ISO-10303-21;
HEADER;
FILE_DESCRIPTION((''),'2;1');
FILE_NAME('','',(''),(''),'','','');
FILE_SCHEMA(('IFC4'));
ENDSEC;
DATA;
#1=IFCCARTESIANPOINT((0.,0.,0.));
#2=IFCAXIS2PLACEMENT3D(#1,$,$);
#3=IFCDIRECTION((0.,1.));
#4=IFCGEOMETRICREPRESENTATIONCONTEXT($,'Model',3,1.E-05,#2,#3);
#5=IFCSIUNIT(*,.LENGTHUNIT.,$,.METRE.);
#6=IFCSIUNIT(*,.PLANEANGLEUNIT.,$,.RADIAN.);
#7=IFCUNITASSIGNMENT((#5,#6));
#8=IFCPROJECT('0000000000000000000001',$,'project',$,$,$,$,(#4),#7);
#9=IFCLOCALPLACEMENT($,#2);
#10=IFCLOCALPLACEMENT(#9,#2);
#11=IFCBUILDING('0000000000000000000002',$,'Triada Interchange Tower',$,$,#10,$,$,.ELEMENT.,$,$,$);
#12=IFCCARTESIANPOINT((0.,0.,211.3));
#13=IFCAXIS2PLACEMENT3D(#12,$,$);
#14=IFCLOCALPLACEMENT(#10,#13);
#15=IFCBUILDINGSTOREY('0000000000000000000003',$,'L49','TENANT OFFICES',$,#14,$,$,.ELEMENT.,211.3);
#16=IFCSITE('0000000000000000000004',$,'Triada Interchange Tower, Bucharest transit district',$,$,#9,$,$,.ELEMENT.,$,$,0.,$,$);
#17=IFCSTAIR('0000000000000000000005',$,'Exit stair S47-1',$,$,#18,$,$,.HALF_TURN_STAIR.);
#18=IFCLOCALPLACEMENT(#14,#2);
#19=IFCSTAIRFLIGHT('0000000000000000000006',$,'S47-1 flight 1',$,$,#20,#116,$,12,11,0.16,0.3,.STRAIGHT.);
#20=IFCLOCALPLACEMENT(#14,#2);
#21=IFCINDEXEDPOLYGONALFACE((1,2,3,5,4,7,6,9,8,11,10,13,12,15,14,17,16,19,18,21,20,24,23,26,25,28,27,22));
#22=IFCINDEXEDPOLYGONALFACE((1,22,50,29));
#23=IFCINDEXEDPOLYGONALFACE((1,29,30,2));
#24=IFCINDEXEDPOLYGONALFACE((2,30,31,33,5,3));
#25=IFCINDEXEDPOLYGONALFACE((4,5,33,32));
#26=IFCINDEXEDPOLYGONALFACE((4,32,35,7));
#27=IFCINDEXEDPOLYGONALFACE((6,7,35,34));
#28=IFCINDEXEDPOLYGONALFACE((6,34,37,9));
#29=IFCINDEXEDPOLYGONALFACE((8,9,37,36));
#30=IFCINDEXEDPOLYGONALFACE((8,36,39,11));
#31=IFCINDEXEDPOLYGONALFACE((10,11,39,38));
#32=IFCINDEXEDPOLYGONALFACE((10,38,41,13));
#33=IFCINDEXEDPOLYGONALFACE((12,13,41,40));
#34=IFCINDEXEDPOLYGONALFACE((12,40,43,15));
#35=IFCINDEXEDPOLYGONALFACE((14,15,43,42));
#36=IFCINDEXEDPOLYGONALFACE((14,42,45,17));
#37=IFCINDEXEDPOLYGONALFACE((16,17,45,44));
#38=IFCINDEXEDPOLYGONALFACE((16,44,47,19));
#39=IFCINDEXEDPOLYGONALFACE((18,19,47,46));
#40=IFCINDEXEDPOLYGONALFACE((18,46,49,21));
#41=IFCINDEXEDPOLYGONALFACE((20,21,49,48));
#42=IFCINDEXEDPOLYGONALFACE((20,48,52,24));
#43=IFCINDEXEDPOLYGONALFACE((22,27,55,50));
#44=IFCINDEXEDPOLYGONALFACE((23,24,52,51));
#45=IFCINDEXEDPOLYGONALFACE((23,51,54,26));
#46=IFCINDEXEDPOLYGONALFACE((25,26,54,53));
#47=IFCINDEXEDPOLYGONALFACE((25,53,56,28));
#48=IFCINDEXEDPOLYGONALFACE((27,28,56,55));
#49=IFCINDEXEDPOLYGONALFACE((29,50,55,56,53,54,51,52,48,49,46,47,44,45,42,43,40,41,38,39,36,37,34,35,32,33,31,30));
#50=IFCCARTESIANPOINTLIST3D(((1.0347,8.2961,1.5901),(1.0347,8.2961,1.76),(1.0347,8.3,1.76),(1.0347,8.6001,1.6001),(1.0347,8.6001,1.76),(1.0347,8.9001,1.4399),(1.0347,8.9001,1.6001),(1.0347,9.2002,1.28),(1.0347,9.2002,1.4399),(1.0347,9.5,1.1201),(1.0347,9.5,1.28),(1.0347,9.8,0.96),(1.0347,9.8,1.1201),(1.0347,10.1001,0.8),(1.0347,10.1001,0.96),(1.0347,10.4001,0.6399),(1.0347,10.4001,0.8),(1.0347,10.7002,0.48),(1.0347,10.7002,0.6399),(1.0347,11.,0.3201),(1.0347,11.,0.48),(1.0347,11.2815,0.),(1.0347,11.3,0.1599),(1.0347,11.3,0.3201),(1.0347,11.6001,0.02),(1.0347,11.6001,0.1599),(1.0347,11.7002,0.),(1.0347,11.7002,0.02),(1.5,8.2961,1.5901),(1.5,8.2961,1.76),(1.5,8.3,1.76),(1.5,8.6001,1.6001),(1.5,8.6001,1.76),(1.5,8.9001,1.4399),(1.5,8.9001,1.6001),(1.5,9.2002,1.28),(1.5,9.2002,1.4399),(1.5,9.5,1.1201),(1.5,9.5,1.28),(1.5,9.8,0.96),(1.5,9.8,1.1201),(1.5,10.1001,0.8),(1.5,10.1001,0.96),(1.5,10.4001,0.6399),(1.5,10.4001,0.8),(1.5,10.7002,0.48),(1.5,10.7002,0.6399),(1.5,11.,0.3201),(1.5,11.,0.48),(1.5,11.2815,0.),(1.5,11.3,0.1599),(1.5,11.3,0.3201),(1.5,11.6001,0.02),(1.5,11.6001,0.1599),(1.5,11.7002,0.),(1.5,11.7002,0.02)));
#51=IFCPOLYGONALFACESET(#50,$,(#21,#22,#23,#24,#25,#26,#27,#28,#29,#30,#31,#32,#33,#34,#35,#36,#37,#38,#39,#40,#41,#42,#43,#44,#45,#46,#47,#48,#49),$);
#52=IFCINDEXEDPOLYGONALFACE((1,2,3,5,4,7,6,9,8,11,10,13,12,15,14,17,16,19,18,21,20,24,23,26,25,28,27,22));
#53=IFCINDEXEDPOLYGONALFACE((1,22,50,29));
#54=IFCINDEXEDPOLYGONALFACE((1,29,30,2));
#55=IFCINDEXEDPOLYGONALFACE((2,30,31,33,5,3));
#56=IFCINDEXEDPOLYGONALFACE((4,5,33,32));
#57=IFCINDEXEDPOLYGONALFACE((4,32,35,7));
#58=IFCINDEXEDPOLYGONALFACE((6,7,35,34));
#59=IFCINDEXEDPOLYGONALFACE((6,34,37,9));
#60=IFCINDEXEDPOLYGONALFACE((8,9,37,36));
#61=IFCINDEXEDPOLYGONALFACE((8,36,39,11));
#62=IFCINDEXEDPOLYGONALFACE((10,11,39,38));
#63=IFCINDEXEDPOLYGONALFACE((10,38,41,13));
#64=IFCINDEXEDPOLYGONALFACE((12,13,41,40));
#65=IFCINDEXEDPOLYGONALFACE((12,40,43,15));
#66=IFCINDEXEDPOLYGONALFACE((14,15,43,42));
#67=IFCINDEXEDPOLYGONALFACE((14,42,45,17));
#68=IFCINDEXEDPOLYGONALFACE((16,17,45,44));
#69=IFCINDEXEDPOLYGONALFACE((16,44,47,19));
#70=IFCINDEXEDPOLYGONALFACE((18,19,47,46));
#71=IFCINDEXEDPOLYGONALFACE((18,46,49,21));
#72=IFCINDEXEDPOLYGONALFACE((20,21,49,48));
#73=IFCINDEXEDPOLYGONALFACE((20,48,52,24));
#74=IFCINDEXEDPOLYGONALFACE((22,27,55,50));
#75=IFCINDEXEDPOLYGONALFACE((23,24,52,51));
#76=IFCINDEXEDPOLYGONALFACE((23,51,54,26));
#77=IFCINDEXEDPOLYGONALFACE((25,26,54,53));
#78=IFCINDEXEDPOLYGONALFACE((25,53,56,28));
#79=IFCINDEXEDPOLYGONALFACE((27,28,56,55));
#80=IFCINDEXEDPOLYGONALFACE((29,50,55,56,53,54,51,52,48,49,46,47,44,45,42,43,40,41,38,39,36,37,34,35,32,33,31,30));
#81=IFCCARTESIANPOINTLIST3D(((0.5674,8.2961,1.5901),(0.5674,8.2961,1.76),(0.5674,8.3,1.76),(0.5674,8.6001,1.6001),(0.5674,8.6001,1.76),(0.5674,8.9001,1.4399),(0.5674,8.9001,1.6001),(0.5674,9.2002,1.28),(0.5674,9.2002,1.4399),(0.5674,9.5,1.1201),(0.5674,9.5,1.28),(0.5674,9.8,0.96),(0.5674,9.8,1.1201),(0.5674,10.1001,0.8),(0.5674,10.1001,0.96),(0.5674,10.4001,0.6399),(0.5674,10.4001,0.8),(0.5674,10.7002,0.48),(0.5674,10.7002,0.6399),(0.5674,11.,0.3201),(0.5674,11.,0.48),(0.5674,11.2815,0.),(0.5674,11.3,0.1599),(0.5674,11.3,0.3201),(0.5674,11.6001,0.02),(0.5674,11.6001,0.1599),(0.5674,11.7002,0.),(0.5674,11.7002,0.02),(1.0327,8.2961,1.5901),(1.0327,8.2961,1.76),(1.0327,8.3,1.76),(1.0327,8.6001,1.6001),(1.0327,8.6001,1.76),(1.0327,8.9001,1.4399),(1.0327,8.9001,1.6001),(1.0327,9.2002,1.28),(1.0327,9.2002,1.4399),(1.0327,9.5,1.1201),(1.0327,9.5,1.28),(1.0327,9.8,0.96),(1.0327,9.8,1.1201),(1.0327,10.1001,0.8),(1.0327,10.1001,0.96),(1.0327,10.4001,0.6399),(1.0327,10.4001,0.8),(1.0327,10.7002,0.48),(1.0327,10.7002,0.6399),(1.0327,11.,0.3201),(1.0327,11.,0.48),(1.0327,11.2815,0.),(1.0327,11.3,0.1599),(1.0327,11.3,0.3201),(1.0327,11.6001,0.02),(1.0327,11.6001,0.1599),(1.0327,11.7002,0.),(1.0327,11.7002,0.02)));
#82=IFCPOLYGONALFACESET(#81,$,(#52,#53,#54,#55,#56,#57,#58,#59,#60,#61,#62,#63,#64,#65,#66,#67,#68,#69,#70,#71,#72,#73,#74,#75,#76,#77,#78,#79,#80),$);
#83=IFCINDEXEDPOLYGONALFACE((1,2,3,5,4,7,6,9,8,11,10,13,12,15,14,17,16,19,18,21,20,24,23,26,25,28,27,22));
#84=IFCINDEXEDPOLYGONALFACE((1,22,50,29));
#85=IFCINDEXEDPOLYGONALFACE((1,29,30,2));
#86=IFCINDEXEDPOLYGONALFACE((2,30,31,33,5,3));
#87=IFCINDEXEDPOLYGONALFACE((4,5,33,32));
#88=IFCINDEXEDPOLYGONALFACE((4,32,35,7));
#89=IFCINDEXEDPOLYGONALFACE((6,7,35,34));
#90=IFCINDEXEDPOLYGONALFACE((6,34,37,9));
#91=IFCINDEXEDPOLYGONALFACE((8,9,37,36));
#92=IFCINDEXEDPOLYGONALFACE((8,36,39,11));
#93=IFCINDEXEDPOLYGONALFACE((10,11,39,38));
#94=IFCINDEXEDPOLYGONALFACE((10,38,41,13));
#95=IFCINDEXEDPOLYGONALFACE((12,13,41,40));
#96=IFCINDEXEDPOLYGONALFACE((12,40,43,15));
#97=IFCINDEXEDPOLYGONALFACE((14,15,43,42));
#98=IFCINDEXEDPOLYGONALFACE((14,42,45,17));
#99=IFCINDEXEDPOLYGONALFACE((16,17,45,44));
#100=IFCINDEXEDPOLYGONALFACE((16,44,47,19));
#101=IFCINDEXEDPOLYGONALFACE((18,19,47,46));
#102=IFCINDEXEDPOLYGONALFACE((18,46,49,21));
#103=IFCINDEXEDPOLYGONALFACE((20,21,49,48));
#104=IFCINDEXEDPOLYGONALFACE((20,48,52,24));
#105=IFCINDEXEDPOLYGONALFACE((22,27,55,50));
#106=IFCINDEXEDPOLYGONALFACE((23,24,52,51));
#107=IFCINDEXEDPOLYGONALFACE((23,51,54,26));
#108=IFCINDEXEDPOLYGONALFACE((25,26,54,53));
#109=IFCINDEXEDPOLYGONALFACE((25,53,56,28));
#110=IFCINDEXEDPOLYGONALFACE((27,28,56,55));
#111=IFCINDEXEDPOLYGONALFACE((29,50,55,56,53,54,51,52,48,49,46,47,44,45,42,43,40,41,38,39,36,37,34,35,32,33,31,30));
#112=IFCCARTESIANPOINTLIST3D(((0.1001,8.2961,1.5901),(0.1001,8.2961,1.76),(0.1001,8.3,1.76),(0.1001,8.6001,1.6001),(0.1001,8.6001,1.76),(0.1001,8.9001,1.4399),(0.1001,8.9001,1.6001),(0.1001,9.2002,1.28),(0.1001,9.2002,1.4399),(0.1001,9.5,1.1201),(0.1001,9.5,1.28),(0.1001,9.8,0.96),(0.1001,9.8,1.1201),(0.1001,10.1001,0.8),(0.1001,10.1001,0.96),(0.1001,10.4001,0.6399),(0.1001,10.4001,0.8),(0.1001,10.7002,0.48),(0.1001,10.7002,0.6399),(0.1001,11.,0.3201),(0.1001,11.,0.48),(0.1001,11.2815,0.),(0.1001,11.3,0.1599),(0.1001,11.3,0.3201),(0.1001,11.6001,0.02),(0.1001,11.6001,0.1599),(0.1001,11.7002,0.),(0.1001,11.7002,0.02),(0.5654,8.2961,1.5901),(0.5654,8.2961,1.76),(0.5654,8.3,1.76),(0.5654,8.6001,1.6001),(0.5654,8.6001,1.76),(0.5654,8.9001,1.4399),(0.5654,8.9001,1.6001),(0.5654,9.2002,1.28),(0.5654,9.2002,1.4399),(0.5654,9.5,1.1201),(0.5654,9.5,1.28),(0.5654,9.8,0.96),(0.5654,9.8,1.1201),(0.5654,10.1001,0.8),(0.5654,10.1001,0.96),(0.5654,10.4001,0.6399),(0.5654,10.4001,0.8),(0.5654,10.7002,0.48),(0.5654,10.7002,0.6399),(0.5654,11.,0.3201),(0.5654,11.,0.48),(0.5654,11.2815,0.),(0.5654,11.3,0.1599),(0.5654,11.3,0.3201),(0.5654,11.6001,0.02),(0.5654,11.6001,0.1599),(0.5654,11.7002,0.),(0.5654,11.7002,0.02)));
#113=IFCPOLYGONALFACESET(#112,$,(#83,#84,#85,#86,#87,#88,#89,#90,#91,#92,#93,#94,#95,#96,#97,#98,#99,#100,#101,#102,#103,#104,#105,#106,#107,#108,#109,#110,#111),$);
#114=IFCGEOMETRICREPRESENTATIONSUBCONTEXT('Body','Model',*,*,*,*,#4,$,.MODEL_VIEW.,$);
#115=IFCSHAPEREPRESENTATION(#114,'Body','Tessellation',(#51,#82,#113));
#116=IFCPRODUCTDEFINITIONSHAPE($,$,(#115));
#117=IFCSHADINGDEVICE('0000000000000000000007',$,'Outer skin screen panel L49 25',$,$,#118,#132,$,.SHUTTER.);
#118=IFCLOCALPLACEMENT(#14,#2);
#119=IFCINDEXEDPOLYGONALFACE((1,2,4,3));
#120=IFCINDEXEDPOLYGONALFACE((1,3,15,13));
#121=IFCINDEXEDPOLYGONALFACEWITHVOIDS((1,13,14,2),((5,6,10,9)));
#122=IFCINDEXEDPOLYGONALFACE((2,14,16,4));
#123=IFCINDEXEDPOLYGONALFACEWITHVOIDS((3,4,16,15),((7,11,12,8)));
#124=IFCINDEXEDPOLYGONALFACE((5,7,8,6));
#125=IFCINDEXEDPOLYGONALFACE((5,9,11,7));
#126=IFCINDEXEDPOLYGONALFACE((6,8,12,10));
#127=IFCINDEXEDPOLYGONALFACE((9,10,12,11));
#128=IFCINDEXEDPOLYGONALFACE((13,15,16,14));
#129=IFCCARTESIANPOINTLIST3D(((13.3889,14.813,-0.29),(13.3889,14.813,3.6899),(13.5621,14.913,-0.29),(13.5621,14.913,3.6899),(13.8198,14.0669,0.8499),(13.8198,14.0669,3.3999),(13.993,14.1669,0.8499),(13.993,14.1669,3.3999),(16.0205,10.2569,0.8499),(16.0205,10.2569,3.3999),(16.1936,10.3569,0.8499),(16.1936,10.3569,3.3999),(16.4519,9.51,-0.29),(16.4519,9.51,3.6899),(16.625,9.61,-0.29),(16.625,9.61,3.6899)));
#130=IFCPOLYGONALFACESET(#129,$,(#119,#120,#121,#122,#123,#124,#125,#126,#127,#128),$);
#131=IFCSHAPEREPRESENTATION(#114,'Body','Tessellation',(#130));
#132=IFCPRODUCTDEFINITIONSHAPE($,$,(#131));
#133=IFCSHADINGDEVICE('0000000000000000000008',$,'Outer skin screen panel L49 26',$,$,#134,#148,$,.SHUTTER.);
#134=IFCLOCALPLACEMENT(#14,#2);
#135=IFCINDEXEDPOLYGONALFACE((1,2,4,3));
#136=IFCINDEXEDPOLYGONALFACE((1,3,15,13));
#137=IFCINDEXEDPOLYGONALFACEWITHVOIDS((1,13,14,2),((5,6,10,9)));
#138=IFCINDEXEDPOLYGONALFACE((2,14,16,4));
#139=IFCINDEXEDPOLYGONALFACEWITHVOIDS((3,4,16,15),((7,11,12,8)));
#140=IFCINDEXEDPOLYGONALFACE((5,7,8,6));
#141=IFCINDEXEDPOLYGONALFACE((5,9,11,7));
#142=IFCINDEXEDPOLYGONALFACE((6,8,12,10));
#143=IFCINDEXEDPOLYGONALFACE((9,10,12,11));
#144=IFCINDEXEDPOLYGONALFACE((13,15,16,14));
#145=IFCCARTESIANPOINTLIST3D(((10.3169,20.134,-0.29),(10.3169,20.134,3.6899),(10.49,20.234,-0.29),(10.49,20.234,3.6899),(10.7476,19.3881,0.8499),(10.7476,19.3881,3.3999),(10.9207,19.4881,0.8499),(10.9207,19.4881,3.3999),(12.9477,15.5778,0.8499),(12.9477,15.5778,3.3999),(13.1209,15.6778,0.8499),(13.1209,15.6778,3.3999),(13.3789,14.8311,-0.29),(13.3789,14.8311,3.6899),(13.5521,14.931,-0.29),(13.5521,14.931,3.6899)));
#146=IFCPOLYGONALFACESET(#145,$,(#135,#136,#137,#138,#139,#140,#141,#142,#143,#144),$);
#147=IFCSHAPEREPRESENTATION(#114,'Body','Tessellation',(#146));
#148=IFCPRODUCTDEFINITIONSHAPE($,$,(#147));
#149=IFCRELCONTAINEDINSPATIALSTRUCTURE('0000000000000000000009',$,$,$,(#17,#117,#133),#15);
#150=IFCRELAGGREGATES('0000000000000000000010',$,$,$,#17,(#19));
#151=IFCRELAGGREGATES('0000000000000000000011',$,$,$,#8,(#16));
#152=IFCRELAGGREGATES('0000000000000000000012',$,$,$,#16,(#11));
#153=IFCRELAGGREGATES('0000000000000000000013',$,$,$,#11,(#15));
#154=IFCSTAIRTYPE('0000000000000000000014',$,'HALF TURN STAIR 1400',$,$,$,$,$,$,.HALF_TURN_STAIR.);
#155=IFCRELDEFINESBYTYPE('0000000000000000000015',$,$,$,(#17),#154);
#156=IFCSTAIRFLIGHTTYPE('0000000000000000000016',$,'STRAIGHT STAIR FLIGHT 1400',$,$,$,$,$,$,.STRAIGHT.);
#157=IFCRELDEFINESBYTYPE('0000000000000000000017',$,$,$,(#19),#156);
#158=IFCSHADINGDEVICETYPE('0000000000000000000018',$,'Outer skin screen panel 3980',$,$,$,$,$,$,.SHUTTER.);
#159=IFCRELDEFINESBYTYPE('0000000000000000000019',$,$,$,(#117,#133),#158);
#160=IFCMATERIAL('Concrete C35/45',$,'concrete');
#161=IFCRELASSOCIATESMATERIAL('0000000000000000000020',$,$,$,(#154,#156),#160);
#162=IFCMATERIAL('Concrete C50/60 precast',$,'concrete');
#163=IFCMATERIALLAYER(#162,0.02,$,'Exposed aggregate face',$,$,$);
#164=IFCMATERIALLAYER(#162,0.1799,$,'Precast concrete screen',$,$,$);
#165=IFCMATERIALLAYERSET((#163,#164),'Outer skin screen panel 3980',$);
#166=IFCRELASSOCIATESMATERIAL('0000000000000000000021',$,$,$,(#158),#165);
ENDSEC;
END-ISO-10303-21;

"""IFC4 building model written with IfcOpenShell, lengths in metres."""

from ifc_helpers import new_model, si_unit, direction, frame, origin, place, context, subcontext, project, spatial, polyline, outline, extrude, material, layer, layer_set, type_object, element, aggregate, save


model = new_model("IFC4")

# Units and contexts
model_context = context("Model", 3, precision=1e-05, world=origin(), true_north=direction((0.0, 1.0)))
body_context = subcontext(model_context, "Body", "Model", "MODEL_VIEW")
ifc_project = project(units=[si_unit("LENGTHUNIT", "METRE"), si_unit("PLANEANGLEUNIT", "RADIAN")], contexts=[model_context])

# Site, building, storey
site_placement = place(None, origin())
site = spatial("IfcSite", under=ifc_project, at=site_placement, Name="Triada Interchange Tower, Bucharest transit district", CompositionType="ELEMENT", RefElevation=0.0)
building_placement = place(site_placement, origin())
building = spatial("IfcBuilding", under=site, at=building_placement, Name="Triada Interchange Tower", CompositionType="ELEMENT")
storey_placement = place(building_placement, frame((0.0, 0.0, 211.3)))
storey = spatial("IfcBuildingStorey", under=building, at=storey_placement, Name="L49", Description="TENANT OFFICES", CompositionType="ELEMENT", Elevation=211.3)

# Stair, stair flight
ifc_material_1 = material(Name="Concrete C35/45", Category="concrete")
stair_type = type_object("IfcStairType", Name="HALF TURN STAIR 1400", PredefinedType="HALF_TURN_STAIR", material=ifc_material_1)
stair_placement = place(storey_placement, origin())
stair = element("IfcStair", 1, at=stair_placement, inside=storey, type_object=stair_type, Name="Exit stair S47-1", PredefinedType="HALF_TURN_STAIR")
stair_flight_type = type_object("IfcStairFlightType", Name="STRAIGHT STAIR FLIGHT 1400", PredefinedType="STRAIGHT", material=ifc_material_1)
stair_flight_placement = place(storey_placement, frame((0.8, 11.6001, 0.0), z_axis=(0.0, 0.0, 1.0), x_axis=(0.0, -1.0, 0.0)))
stair_flight = element("IfcStairFlight", 2, at=stair_flight_placement, type_object=stair_flight_type, Name="S47-1 flight 1", NumberOfRisers=12, NumberOfTreads=11, PredefinedType="STRAIGHT", RiserHeight=0.16, TreadLength=0.3, context=body_context, shape_type="SweptSolid", body=[
    extrude(outline(polyline([(-0.1001, 0.0), (-0.1001, 0.02), (0.0, 0.02), (0.0, 0.1599), (0.3, 0.1599), (0.3, 0.3201), (0.6001, 0.3201), (0.6001, 0.48), (0.8999, 0.48), (0.8999, 0.6399), (1.2, 0.6399), (1.2, 0.8), (1.5, 0.8), (1.5, 0.96), (1.8, 0.96), (1.8, 1.1201), (2.1001, 1.1201), (2.1001, 1.28), (2.3999, 1.28), (2.3999, 1.4399), (2.7, 1.4399), (2.7, 1.6001), (3.0, 1.6001), (3.0, 1.76), (3.3, 1.76), (3.304, 1.76), (3.304, 1.9199), (3.304, 1.5901), (0.3186, 0.0), (-0.1001, 0.0)])), frame((0.0, 0.7, 0.0), z_axis=(0.0, -1.0, 0.0), x_axis=(1.0, 0.0, 0.0)), (0.0, 0.0, 1.0), 0.4653),
    extrude(outline(polyline([(-0.1001, 0.0), (-0.1001, 0.02), (0.0, 0.02), (0.0, 0.1599), (0.3, 0.1599), (0.3, 0.3201), (0.6001, 0.3201), (0.6001, 0.48), (0.8999, 0.48), (0.8999, 0.6399), (1.2, 0.6399), (1.2, 0.8), (1.5, 0.8), (1.5, 0.96), (1.8, 0.96), (1.8, 1.1201), (2.1001, 1.1201), (2.1001, 1.28), (2.3999, 1.28), (2.3999, 1.4399), (2.7, 1.4399), (2.7, 1.6001), (3.0, 1.6001), (3.0, 1.76), (3.3, 1.76), (3.304, 1.76), (3.304, 1.9199), (3.304, 1.5901), (0.3186, 0.0), (-0.1001, 0.0)])), frame((0.0, 0.2327, 0.0), z_axis=(0.0, -1.0, 0.0), x_axis=(1.0, 0.0, 0.0)), (0.0, 0.0, 1.0), 0.4653),
    extrude(outline(polyline([(-0.1001, 0.0), (-0.1001, 0.02), (0.0, 0.02), (0.0, 0.1599), (0.3, 0.1599), (0.3, 0.3201), (0.6001, 0.3201), (0.6001, 0.48), (0.8999, 0.48), (0.8999, 0.6399), (1.2, 0.6399), (1.2, 0.8), (1.5, 0.8), (1.5, 0.96), (1.8, 0.96), (1.8, 1.1201), (2.1001, 1.1201), (2.1001, 1.28), (2.3999, 1.28), (2.3999, 1.4399), (2.7, 1.4399), (2.7, 1.6001), (3.0, 1.6001), (3.0, 1.76), (3.3, 1.76), (3.304, 1.76), (3.304, 1.9199), (3.304, 1.5901), (0.3186, 0.0), (-0.1001, 0.0)])), frame((0.0, -0.2346, 0.0), z_axis=(0.0, -1.0, 0.0), x_axis=(1.0, 0.0, 0.0)), (0.0, 0.0, 1.0), 0.4653),
])

# Shading devices
ifc_material_2 = material(Name="Concrete C50/60 precast", Category="concrete")
ifc_layer_1 = layer(ifc_material_2, 0.02, Name="Exposed aggregate face")
ifc_layer_2 = layer(ifc_material_2, 0.1799, Name="Precast concrete screen")
ifc_layer_set_1 = layer_set([ifc_layer_1, ifc_layer_2], Name="Outer skin screen panel 3980")
shading_device_type = type_object("IfcShadingDeviceType", Name="Outer skin screen panel 3980", PredefinedType="SHUTTER", material=ifc_layer_set_1)
shading_device_1_placement = place(storey_placement, frame((16.4519, 9.51, -0.29), z_axis=(0.0, 0.0, 1.0), x_axis=(-0.500161, 0.865933, 0.0)))
element("IfcShadingDevice", 3, at=shading_device_1_placement, inside=storey, type_object=shading_device_type, Name="Outer skin screen panel L49 25", PredefinedType="SHUTTER", context=body_context, shape_type="SweptSolid", body=[
    extrude(outline(polyline([(0.0, 0.0), (6.124, 0.0), (6.124, 3.98), (0.0, 3.98), (0.0, 0.0)]), holes=[polyline([(0.8625, 1.1399), (0.8625, 3.6899), (5.2625, 3.6899), (5.2625, 1.1399), (0.8625, 1.1399)])]), frame((0.0, 0.0, 0.0), z_axis=(0.0, -1.0, 0.0), x_axis=(1.0, 0.0, 0.0)), (0.0, 0.0, 1.0), 0.2),
])
shading_device_2_placement = place(storey_placement, frame((13.3789, 14.8311, -0.29), z_axis=(0.0, 0.0, 1.0), x_axis=(-0.500041, 0.866002, 0.0)))
element("IfcShadingDevice", 4, at=shading_device_2_placement, inside=storey, type_object=shading_device_type, Name="Outer skin screen panel L49 26", PredefinedType="SHUTTER", context=body_context, shape_type="SweptSolid", body=[
    extrude(outline(polyline([(0.0, 0.0), (6.1235, 0.0), (6.1235, 3.98), (0.0, 3.98), (0.0, 0.0)]), holes=[polyline([(0.8623, 1.1399), (0.8623, 3.6899), (5.2622, 3.6899), (5.2622, 1.1399), (0.8623, 1.1399)])]), frame((0.0, 0.0, 0.0), z_axis=(0.0, -1.0, 0.0), x_axis=(1.0, 0.0, 0.0)), (0.0, 0.0, 1.0), 0.2),
])

aggregate(stair, [stair_flight])

save(model, "model.ifc")
